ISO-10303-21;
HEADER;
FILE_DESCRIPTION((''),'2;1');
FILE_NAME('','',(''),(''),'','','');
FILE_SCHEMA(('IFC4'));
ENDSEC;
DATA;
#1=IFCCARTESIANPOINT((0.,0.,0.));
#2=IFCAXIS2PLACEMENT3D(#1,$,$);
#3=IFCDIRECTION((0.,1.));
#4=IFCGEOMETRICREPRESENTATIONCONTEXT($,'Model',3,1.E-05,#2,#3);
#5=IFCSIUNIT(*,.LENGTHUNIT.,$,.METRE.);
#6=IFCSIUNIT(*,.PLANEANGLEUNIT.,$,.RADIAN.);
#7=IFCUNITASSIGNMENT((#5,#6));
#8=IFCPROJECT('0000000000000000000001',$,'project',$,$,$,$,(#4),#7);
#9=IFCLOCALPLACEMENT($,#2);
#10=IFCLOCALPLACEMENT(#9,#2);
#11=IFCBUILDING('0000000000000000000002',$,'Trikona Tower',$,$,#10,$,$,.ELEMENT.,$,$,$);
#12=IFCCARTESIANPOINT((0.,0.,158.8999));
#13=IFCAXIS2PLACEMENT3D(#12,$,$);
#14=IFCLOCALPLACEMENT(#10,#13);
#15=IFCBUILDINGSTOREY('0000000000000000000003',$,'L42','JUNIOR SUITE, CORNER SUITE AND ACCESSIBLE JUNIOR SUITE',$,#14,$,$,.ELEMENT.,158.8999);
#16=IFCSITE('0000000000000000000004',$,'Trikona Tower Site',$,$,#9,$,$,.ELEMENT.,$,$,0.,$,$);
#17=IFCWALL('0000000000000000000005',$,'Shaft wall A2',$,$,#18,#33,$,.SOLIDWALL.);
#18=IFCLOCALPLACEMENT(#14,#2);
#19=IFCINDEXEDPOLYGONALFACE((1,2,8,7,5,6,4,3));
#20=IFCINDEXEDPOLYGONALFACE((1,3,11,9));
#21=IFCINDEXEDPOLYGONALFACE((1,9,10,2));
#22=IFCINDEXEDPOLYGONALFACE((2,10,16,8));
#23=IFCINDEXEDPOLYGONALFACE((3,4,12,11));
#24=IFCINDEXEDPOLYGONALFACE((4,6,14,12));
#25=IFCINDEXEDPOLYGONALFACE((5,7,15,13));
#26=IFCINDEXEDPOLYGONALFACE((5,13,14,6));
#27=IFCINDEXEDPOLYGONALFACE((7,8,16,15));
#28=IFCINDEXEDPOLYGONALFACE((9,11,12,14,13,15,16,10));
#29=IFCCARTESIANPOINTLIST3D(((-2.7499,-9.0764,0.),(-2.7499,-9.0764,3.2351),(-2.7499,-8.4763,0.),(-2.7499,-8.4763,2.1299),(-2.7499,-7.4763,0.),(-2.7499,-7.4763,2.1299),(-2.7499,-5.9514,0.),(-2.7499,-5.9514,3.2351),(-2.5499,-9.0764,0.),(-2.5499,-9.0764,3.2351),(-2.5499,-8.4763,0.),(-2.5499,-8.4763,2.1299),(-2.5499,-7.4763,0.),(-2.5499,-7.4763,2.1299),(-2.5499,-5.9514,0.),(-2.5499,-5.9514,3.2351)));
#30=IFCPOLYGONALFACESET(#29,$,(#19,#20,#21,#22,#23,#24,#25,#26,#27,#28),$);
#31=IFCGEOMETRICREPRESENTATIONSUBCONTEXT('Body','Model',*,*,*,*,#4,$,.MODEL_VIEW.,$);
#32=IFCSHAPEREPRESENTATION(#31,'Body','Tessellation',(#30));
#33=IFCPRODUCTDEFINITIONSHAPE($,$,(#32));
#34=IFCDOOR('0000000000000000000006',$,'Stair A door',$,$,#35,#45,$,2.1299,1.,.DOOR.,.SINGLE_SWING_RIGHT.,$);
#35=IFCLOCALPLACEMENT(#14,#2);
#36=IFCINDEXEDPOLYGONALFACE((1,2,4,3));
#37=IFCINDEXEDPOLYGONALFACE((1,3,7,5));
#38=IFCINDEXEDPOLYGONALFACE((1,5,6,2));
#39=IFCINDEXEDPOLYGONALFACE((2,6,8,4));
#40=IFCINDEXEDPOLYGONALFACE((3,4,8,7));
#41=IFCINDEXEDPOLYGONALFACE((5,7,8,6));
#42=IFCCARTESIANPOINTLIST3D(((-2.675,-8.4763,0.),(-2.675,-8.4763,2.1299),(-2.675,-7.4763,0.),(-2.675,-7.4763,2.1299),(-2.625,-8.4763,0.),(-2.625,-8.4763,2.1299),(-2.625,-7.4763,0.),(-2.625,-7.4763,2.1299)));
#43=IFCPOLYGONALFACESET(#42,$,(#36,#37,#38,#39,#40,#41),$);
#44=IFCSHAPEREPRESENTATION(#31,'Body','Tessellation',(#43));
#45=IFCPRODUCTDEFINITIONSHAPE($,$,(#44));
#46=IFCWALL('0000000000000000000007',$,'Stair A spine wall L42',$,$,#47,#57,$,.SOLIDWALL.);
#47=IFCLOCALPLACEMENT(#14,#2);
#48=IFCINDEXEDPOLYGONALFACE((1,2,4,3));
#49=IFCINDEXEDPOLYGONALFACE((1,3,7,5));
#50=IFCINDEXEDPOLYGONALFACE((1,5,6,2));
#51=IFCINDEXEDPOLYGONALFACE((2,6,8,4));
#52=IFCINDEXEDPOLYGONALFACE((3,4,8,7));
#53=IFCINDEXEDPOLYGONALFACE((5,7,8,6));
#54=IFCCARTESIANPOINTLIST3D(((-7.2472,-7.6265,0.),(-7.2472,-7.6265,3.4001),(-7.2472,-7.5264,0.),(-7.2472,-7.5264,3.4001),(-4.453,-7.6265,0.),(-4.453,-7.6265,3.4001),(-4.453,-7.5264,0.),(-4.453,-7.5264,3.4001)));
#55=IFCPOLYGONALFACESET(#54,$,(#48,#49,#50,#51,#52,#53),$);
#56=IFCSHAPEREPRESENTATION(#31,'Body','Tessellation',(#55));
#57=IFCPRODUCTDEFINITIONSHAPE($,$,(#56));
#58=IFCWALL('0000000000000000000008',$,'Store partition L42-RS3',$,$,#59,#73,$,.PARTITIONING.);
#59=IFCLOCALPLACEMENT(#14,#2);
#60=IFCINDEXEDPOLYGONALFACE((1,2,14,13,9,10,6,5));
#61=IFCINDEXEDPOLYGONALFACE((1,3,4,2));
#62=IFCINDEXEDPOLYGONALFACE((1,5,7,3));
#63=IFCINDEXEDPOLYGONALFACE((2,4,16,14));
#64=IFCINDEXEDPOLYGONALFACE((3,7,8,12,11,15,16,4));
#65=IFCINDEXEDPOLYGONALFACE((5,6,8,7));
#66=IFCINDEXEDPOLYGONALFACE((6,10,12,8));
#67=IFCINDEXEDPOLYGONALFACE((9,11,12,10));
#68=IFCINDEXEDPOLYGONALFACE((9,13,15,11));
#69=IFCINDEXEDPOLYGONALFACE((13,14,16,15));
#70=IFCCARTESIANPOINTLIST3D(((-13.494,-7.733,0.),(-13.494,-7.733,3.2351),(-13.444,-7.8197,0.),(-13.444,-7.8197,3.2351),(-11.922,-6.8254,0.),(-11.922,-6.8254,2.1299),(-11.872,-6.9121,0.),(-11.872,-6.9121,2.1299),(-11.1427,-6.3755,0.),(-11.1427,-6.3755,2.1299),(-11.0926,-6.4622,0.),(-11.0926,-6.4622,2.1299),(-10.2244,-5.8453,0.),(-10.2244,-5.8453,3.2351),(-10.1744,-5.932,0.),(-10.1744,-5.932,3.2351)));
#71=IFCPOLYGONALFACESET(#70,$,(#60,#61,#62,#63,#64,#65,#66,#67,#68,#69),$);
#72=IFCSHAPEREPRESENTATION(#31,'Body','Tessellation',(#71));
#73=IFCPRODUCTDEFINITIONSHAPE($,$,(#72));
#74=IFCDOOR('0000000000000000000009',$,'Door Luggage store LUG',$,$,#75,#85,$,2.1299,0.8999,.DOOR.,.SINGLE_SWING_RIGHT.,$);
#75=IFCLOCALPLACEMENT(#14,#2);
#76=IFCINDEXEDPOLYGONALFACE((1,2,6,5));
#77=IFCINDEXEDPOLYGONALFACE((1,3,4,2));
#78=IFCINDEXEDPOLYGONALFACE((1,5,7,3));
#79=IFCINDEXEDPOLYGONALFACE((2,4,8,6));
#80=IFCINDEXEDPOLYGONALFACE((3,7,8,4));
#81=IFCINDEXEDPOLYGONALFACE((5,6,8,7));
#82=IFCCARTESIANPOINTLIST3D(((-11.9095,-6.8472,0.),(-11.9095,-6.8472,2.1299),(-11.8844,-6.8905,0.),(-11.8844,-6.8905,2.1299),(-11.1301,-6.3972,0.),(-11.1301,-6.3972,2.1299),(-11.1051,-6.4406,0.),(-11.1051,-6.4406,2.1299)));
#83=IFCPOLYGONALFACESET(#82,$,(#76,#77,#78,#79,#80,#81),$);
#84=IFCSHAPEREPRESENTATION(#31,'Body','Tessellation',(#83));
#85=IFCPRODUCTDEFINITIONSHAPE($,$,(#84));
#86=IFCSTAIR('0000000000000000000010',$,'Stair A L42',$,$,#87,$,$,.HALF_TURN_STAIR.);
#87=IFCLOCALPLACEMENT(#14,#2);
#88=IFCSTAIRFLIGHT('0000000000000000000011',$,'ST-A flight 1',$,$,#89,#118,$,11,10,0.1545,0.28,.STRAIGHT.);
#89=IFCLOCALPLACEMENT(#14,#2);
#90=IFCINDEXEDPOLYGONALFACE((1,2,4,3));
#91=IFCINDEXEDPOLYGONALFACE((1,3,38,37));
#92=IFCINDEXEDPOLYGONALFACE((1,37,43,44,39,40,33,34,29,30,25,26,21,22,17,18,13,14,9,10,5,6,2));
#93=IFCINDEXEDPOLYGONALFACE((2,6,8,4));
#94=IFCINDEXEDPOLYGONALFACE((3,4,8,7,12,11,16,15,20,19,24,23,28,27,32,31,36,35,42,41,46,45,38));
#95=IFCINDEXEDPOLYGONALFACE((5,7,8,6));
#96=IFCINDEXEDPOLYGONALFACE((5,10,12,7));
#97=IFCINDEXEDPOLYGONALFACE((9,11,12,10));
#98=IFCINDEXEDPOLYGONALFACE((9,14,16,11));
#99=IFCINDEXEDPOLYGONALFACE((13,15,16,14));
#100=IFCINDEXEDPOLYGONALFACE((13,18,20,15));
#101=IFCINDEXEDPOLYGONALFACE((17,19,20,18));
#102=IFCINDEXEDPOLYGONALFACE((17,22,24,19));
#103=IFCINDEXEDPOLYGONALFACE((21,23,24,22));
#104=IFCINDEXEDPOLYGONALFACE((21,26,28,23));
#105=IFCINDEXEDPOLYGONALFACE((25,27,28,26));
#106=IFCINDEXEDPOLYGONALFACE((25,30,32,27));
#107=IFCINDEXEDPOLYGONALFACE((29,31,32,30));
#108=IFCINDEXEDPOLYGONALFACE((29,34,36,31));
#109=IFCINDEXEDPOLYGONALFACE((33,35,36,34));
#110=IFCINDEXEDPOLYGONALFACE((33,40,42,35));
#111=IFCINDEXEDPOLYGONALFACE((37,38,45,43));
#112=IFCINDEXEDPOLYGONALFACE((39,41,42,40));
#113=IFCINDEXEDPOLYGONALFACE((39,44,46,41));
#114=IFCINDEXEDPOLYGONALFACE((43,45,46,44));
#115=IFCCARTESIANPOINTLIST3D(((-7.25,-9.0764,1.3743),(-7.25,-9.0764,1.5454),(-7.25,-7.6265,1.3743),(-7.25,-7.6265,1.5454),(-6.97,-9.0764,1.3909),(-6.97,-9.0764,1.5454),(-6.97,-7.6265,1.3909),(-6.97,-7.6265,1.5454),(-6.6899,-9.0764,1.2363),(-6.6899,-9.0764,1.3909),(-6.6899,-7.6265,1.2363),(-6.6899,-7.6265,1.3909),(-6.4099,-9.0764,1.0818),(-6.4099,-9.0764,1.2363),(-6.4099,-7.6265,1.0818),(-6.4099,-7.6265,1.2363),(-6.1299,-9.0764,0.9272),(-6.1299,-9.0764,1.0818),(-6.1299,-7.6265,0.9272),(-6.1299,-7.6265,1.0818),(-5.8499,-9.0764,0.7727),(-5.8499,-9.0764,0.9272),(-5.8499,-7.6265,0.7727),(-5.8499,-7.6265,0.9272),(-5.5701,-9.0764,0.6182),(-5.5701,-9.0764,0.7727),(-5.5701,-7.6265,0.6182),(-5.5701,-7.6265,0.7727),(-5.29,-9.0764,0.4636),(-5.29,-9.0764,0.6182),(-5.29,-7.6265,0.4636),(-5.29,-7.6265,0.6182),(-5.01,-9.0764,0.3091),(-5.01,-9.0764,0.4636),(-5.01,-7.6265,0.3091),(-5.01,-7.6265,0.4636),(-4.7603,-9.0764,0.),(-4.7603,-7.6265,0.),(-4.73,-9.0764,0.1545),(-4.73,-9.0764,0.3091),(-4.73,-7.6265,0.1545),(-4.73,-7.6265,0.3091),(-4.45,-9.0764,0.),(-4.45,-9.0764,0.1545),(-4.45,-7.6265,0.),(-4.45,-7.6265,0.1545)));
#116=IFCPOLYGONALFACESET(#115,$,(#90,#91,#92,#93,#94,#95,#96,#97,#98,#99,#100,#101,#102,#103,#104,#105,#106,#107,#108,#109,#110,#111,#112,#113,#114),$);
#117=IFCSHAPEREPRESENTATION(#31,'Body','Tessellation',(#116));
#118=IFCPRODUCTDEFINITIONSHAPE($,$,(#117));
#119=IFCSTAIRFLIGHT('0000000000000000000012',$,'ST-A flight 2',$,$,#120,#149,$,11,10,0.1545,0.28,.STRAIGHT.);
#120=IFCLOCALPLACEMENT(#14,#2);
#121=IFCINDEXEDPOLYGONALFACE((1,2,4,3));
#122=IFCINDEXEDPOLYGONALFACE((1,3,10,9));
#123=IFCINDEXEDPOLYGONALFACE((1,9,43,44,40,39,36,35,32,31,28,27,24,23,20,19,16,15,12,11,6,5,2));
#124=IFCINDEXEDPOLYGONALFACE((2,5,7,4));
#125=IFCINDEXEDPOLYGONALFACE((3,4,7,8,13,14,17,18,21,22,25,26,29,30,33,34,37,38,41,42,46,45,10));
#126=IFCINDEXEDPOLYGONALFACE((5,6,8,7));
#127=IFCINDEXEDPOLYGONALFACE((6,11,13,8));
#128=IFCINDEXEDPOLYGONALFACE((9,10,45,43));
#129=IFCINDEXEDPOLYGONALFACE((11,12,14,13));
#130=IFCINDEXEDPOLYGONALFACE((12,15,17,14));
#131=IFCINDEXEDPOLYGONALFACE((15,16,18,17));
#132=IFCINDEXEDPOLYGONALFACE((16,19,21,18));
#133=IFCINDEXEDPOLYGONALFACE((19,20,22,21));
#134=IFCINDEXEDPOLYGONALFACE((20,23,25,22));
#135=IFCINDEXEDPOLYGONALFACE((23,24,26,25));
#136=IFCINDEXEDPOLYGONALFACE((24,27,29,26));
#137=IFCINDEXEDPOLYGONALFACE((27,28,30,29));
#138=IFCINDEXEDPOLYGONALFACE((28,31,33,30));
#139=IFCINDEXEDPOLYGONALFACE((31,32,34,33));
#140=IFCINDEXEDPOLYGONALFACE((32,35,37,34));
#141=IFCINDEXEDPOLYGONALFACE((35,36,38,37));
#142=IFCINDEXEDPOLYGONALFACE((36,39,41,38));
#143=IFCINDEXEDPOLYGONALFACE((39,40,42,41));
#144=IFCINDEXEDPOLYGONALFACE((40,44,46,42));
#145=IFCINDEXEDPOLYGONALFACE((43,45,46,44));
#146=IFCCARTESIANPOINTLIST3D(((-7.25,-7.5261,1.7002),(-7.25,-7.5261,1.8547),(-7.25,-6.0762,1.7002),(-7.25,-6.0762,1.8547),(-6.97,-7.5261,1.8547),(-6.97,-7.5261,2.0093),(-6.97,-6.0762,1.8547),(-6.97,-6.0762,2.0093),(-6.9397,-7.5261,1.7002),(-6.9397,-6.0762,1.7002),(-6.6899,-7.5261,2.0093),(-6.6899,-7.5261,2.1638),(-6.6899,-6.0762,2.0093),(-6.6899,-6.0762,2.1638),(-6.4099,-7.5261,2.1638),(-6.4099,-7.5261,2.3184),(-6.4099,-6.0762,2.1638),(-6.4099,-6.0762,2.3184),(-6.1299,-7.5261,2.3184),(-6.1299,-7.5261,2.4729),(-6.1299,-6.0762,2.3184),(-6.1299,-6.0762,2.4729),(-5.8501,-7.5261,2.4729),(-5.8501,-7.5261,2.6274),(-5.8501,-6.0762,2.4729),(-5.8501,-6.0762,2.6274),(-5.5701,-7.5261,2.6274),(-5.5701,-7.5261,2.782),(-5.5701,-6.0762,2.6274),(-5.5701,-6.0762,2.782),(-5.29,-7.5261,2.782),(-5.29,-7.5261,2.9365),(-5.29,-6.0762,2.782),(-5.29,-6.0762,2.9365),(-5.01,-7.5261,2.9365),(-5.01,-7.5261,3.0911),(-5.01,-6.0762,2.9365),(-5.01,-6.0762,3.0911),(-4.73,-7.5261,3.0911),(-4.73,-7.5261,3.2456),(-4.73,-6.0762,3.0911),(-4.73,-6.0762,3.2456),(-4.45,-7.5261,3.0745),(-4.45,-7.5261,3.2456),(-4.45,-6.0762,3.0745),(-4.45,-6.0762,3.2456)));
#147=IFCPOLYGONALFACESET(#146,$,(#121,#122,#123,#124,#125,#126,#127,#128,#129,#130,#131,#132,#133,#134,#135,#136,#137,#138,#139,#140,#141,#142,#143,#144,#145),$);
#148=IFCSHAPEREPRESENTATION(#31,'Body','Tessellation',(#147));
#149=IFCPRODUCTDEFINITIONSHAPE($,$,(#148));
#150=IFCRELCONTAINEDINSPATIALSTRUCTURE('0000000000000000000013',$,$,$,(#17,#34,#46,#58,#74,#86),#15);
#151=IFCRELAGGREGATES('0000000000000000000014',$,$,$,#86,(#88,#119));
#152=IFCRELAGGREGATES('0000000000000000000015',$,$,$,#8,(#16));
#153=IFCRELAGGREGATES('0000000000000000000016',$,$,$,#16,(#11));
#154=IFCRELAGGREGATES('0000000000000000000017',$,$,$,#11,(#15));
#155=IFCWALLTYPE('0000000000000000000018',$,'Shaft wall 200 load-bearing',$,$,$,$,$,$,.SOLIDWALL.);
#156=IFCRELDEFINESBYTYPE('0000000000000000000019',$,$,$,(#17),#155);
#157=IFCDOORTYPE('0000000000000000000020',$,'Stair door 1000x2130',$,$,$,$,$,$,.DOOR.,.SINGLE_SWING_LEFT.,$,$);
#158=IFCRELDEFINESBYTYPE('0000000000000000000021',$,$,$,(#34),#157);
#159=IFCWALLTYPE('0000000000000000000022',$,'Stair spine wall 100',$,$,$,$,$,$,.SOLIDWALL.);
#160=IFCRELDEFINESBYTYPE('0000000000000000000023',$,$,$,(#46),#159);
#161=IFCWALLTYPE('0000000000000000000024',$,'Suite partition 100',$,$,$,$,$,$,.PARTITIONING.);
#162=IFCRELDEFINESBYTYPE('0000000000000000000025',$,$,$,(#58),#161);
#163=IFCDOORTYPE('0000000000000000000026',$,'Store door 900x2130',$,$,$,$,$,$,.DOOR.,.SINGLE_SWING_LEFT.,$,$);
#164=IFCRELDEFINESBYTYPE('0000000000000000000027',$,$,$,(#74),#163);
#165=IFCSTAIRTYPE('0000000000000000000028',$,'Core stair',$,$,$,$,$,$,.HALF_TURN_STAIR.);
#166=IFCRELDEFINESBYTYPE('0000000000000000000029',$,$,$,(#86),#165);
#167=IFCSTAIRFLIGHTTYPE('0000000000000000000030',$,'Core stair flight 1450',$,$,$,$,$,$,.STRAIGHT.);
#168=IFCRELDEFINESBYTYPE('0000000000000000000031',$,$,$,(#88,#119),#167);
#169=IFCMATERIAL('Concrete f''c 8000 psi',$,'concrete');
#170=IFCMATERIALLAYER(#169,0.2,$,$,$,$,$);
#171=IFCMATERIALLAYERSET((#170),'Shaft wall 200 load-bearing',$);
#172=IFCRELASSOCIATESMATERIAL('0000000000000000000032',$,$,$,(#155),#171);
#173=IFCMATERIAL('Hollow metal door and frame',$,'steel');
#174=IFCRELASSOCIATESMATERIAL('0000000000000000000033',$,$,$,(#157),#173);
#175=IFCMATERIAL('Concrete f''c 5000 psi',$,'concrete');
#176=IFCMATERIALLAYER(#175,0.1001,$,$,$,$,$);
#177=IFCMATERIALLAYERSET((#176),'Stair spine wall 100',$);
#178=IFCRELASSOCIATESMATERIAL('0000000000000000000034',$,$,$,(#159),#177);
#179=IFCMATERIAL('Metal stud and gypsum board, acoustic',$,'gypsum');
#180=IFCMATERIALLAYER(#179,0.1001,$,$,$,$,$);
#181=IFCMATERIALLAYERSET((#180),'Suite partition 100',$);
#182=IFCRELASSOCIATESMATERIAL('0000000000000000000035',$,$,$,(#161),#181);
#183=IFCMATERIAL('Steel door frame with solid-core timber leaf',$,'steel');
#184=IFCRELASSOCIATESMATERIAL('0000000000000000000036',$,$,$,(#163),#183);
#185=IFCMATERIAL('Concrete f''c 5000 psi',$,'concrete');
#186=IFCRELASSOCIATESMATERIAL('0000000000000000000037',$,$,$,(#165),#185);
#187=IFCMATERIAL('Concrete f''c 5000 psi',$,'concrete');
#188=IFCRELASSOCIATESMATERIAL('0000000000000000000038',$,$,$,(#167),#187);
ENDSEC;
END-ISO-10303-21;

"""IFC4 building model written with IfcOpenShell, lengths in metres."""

from ifc_helpers import new_model, si_unit, direction, frame, frame_2d, origin, place, context, subcontext, project, spatial, polyline, rectangle, outline, extrude, material, layer, layer_set, type_object, element, fill, aggregate, save


model = new_model("IFC4")

# Units and contexts
model_context = context("Model", 3, precision=1e-05, world=origin(), true_north=direction((0.0, 1.0)))
body_context = subcontext(model_context, "Body", "Model", "MODEL_VIEW")
ifc_project = project(units=[si_unit("LENGTHUNIT", "METRE"), si_unit("PLANEANGLEUNIT", "RADIAN")], contexts=[model_context])

# Site, building, storey
site_placement = place(None, origin())
site = spatial("IfcSite", under=ifc_project, at=site_placement, Name="Trikona Tower Site", CompositionType="ELEMENT", RefElevation=0.0)
building_placement = place(site_placement, origin())
building = spatial("IfcBuilding", under=site, at=building_placement, Name="Trikona Tower", CompositionType="ELEMENT")
storey_placement = place(building_placement, frame((0.0, 0.0, 158.8999)))
storey = spatial("IfcBuildingStorey", under=building, at=storey_placement, Name="L42", Description="JUNIOR SUITE, CORNER SUITE AND ACCESSIBLE JUNIOR SUITE", CompositionType="ELEMENT", Elevation=158.8999)

# Shared definitions
ifc_material_1 = material(Name="Concrete f'c 8000 psi", Category="concrete")
ifc_layer_1 = layer(ifc_material_1, 0.2)
ifc_layer_set_1 = layer_set([ifc_layer_1], Name="Shaft wall 200 load-bearing")
wall_type_1 = type_object("IfcWallType", Name="Shaft wall 200 load-bearing", PredefinedType="SOLIDWALL", material=ifc_layer_set_1)

# Wall, opening, door
wall_1_placement = place(storey_placement, frame((-2.6499, -5.9514, 0.0), z_axis=(0.0, 0.0, 1.0), x_axis=(0.0, -1.0, 0.0)))
wall_1 = element("IfcWall", 1, at=wall_1_placement, inside=storey, type_object=wall_type_1, Name="Shaft wall A2", PredefinedType="SOLIDWALL", context=body_context, shape_type="SweptSolid", body=[
    extrude(rectangle(XDim=3.125, YDim=0.2, at=frame_2d((1.5625, 0.0))), origin(), (0.0, 0.0, 1.0), 3.2351),
])
opening_1_placement = place(wall_1_placement, frame((1.5249, 0.0, 0.0)))
opening_1 = element("IfcOpeningElement", 2, at=opening_1_placement, cuts=wall_1, PredefinedType="OPENING", context=body_context, shape_type="SweptSolid", body=[
    extrude(rectangle(XDim=1.0, YDim=2.1299, at=frame_2d((0.5, 1.0649))), frame((0.0, 0.1099, 0.0), z_axis=(0.0, -1.0, 0.0), x_axis=(1.0, 0.0, 0.0)), (0.0, 0.0, 1.0), 0.22),
])
ifc_material_2 = material(Name="Hollow metal door and frame", Category="steel")
door_type_1 = type_object("IfcDoorType", Name="Stair door 1000x2130", OperationType="SINGLE_SWING_LEFT", PredefinedType="DOOR", material=ifc_material_2)
door_1_placement = place(opening_1_placement, origin())
door_1 = element("IfcDoor", 3, at=door_1_placement, inside=storey, type_object=door_type_1, Name="Stair A door", OperationType="SINGLE_SWING_RIGHT", OverallHeight=2.1299, OverallWidth=1.0, PredefinedType="DOOR", context=body_context, shape_type="SweptSolid", body=[
    extrude(rectangle(XDim=1.0, YDim=2.1299, at=frame_2d((0.5, 1.0649))), frame((0.0, 0.0249, 0.0), z_axis=(0.0, -1.0, 0.0), x_axis=(1.0, 0.0, 0.0)), (0.0, 0.0, 1.0), 0.05),
])
fill(opening_1, door_1)

# Wall
ifc_material_3 = material(Name="Concrete f'c 5000 psi", Category="concrete")
ifc_layer_2 = layer(ifc_material_3, 0.1001)
ifc_layer_set_2 = layer_set([ifc_layer_2], Name="Stair spine wall 100")
wall_type_2 = type_object("IfcWallType", Name="Stair spine wall 100", PredefinedType="SOLIDWALL", material=ifc_layer_set_2)
wall_2_placement = place(storey_placement, frame((-7.2471, -7.5764, 0.0), z_axis=(0.0, 0.0, 1.0), x_axis=(1.0, 0.0, 0.0)))
element("IfcWall", 4, at=wall_2_placement, inside=storey, type_object=wall_type_2, Name="Stair A spine wall L42", PredefinedType="SOLIDWALL", context=body_context, shape_type="SweptSolid", body=[
    extrude(rectangle(XDim=2.7942, YDim=0.1001, at=frame_2d((1.397, 0.0))), origin(), (0.0, 0.0, 1.0), 3.4001),
])

# Wall, opening, door
ifc_material_4 = material(Name="Metal stud and gypsum board, acoustic", Category="gypsum")
ifc_layer_3 = layer(ifc_material_4, 0.1001)
ifc_layer_set_3 = layer_set([ifc_layer_3], Name="Suite partition 100")
wall_type_3 = type_object("IfcWallType", Name="Suite partition 100", PredefinedType="PARTITIONING", material=ifc_layer_set_3)
wall_3_placement = place(storey_placement, frame((-13.469, -7.7764, 0.0), z_axis=(0.0, 0.0, 1.0), x_axis=(0.866022, 0.500006, 0.0)))
wall_3 = element("IfcWall", 5, at=wall_3_placement, inside=storey, type_object=wall_type_3, Name="Store partition L42-RS3", PredefinedType="PARTITIONING", context=body_context, shape_type="SweptSolid", body=[
    extrude(rectangle(XDim=3.7754, YDim=0.1001, at=frame_2d((1.8877, 0.0))), origin(), (0.0, 0.0, 1.0), 3.2351),
])
opening_2_placement = place(wall_3_placement, frame((1.8152, 0.0, 0.0)))
opening_2 = element("IfcOpeningElement", 6, at=opening_2_placement, cuts=wall_3, PredefinedType="OPENING", context=body_context, shape_type="SweptSolid", body=[
    extrude(rectangle(XDim=0.8999, YDim=2.1299, at=frame_2d((0.45, 1.0649))), frame((0.0, 0.0601, 0.0), z_axis=(0.0, -1.0, 0.0), x_axis=(1.0, 0.0, 0.0)), (0.0, 0.0, 1.0), 0.1201),
])
ifc_material_5 = material(Name="Steel door frame with solid-core timber leaf", Category="steel")
door_type_2 = type_object("IfcDoorType", Name="Store door 900x2130", OperationType="SINGLE_SWING_LEFT", PredefinedType="DOOR", material=ifc_material_5)
door_2_placement = place(opening_2_placement, origin())
door_2 = element("IfcDoor", 7, at=door_2_placement, inside=storey, type_object=door_type_2, Name="Door Luggage store LUG", OperationType="SINGLE_SWING_RIGHT", OverallHeight=2.1299, OverallWidth=0.8999, PredefinedType="DOOR", context=body_context, shape_type="SweptSolid", body=[
    extrude(rectangle(XDim=0.8999, YDim=2.1299, at=frame_2d((0.45, 1.0649))), frame((0.0, 0.0249, 0.0), z_axis=(0.0, -1.0, 0.0), x_axis=(1.0, 0.0, 0.0)), (0.0, 0.0, 1.0), 0.05),
])
fill(opening_2, door_2)

# Stair, stair flights
ifc_material_6 = material(Name="Concrete f'c 5000 psi", Category="concrete")
stair_type = type_object("IfcStairType", Name="Core stair", PredefinedType="HALF_TURN_STAIR", material=ifc_material_6)
stair_placement = place(storey_placement, origin())
stair = element("IfcStair", 8, at=stair_placement, inside=storey, type_object=stair_type, Name="Stair A L42", PredefinedType="HALF_TURN_STAIR")
ifc_material_7 = material(Name="Concrete f'c 5000 psi", Category="concrete")
stair_flight_type = type_object("IfcStairFlightType", Name="Core stair flight 1450", PredefinedType="STRAIGHT", material=ifc_material_7)
stair_flight_1_placement = place(storey_placement, frame((-4.45, -8.3513, 0.0), z_axis=(0.0, 0.0, 1.0), x_axis=(-1.0, 0.0, 0.0)))
stair_flight_1 = element("IfcStairFlight", 9, at=stair_flight_1_placement, type_object=stair_flight_type, Name="ST-A flight 1", NumberOfRisers=11, NumberOfTreads=10, PredefinedType="STRAIGHT", RiserHeight=0.1545, TreadLength=0.28, context=body_context, shape_type="SweptSolid", body=[
    extrude(outline(polyline([(0.0, 0.0), (0.0, 0.1545), (0.28, 0.1545), (0.28, 0.3091), (0.5601, 0.3091), (0.5601, 0.4636), (0.8401, 0.4636), (0.8401, 0.6182), (1.1201, 0.6182), (1.1201, 0.7727), (1.3999, 0.7727), (1.3999, 0.9272), (1.6799, 0.9272), (1.6799, 1.0818), (1.96, 1.0818), (1.96, 1.2363), (2.24, 1.2363), (2.24, 1.3909), (2.52, 1.3909), (2.52, 1.5454), (2.8, 1.5454), (2.8, 1.7), (2.8, 1.3743), (0.3103, 0.0), (0.0, 0.0)])), frame((0.0, 0.7251, 0.0), z_axis=(0.0, -1.0, 0.0), x_axis=(1.0, 0.0, 0.0)), (0.0, 0.0, 1.0), 1.45),
])
stair_flight_2_placement = place(storey_placement, frame((-7.25, -6.8013, 1.7002), z_axis=(0.0, 0.0, 1.0), x_axis=(1.0, 0.0, 0.0)))
stair_flight_2 = element("IfcStairFlight", 10, at=stair_flight_2_placement, type_object=stair_flight_type, Name="ST-A flight 2", NumberOfRisers=11, NumberOfTreads=10, PredefinedType="STRAIGHT", RiserHeight=0.1545, TreadLength=0.28, context=body_context, shape_type="SweptSolid", body=[
    extrude(outline(polyline([(0.0, 0.0), (0.0, 0.1545), (0.28, 0.1545), (0.28, 0.3091), (0.5601, 0.3091), (0.5601, 0.4636), (0.8401, 0.4636), (0.8401, 0.6182), (1.1201, 0.6182), (1.1201, 0.7727), (1.3999, 0.7727), (1.3999, 0.9272), (1.6799, 0.9272), (1.6799, 1.0818), (1.96, 1.0818), (1.96, 1.2363), (2.24, 1.2363), (2.24, 1.3909), (2.52, 1.3909), (2.52, 1.5454), (2.8, 1.5454), (2.8, 1.7), (2.8, 1.3743), (0.3103, 0.0), (0.0, 0.0)])), frame((0.0, 0.7251, 0.0), z_axis=(0.0, -1.0, 0.0), x_axis=(1.0, 0.0, 0.0)), (0.0, 0.0, 1.0), 1.45),
])
aggregate(stair, [stair_flight_1, stair_flight_2])

save(model, "model.ifc")
